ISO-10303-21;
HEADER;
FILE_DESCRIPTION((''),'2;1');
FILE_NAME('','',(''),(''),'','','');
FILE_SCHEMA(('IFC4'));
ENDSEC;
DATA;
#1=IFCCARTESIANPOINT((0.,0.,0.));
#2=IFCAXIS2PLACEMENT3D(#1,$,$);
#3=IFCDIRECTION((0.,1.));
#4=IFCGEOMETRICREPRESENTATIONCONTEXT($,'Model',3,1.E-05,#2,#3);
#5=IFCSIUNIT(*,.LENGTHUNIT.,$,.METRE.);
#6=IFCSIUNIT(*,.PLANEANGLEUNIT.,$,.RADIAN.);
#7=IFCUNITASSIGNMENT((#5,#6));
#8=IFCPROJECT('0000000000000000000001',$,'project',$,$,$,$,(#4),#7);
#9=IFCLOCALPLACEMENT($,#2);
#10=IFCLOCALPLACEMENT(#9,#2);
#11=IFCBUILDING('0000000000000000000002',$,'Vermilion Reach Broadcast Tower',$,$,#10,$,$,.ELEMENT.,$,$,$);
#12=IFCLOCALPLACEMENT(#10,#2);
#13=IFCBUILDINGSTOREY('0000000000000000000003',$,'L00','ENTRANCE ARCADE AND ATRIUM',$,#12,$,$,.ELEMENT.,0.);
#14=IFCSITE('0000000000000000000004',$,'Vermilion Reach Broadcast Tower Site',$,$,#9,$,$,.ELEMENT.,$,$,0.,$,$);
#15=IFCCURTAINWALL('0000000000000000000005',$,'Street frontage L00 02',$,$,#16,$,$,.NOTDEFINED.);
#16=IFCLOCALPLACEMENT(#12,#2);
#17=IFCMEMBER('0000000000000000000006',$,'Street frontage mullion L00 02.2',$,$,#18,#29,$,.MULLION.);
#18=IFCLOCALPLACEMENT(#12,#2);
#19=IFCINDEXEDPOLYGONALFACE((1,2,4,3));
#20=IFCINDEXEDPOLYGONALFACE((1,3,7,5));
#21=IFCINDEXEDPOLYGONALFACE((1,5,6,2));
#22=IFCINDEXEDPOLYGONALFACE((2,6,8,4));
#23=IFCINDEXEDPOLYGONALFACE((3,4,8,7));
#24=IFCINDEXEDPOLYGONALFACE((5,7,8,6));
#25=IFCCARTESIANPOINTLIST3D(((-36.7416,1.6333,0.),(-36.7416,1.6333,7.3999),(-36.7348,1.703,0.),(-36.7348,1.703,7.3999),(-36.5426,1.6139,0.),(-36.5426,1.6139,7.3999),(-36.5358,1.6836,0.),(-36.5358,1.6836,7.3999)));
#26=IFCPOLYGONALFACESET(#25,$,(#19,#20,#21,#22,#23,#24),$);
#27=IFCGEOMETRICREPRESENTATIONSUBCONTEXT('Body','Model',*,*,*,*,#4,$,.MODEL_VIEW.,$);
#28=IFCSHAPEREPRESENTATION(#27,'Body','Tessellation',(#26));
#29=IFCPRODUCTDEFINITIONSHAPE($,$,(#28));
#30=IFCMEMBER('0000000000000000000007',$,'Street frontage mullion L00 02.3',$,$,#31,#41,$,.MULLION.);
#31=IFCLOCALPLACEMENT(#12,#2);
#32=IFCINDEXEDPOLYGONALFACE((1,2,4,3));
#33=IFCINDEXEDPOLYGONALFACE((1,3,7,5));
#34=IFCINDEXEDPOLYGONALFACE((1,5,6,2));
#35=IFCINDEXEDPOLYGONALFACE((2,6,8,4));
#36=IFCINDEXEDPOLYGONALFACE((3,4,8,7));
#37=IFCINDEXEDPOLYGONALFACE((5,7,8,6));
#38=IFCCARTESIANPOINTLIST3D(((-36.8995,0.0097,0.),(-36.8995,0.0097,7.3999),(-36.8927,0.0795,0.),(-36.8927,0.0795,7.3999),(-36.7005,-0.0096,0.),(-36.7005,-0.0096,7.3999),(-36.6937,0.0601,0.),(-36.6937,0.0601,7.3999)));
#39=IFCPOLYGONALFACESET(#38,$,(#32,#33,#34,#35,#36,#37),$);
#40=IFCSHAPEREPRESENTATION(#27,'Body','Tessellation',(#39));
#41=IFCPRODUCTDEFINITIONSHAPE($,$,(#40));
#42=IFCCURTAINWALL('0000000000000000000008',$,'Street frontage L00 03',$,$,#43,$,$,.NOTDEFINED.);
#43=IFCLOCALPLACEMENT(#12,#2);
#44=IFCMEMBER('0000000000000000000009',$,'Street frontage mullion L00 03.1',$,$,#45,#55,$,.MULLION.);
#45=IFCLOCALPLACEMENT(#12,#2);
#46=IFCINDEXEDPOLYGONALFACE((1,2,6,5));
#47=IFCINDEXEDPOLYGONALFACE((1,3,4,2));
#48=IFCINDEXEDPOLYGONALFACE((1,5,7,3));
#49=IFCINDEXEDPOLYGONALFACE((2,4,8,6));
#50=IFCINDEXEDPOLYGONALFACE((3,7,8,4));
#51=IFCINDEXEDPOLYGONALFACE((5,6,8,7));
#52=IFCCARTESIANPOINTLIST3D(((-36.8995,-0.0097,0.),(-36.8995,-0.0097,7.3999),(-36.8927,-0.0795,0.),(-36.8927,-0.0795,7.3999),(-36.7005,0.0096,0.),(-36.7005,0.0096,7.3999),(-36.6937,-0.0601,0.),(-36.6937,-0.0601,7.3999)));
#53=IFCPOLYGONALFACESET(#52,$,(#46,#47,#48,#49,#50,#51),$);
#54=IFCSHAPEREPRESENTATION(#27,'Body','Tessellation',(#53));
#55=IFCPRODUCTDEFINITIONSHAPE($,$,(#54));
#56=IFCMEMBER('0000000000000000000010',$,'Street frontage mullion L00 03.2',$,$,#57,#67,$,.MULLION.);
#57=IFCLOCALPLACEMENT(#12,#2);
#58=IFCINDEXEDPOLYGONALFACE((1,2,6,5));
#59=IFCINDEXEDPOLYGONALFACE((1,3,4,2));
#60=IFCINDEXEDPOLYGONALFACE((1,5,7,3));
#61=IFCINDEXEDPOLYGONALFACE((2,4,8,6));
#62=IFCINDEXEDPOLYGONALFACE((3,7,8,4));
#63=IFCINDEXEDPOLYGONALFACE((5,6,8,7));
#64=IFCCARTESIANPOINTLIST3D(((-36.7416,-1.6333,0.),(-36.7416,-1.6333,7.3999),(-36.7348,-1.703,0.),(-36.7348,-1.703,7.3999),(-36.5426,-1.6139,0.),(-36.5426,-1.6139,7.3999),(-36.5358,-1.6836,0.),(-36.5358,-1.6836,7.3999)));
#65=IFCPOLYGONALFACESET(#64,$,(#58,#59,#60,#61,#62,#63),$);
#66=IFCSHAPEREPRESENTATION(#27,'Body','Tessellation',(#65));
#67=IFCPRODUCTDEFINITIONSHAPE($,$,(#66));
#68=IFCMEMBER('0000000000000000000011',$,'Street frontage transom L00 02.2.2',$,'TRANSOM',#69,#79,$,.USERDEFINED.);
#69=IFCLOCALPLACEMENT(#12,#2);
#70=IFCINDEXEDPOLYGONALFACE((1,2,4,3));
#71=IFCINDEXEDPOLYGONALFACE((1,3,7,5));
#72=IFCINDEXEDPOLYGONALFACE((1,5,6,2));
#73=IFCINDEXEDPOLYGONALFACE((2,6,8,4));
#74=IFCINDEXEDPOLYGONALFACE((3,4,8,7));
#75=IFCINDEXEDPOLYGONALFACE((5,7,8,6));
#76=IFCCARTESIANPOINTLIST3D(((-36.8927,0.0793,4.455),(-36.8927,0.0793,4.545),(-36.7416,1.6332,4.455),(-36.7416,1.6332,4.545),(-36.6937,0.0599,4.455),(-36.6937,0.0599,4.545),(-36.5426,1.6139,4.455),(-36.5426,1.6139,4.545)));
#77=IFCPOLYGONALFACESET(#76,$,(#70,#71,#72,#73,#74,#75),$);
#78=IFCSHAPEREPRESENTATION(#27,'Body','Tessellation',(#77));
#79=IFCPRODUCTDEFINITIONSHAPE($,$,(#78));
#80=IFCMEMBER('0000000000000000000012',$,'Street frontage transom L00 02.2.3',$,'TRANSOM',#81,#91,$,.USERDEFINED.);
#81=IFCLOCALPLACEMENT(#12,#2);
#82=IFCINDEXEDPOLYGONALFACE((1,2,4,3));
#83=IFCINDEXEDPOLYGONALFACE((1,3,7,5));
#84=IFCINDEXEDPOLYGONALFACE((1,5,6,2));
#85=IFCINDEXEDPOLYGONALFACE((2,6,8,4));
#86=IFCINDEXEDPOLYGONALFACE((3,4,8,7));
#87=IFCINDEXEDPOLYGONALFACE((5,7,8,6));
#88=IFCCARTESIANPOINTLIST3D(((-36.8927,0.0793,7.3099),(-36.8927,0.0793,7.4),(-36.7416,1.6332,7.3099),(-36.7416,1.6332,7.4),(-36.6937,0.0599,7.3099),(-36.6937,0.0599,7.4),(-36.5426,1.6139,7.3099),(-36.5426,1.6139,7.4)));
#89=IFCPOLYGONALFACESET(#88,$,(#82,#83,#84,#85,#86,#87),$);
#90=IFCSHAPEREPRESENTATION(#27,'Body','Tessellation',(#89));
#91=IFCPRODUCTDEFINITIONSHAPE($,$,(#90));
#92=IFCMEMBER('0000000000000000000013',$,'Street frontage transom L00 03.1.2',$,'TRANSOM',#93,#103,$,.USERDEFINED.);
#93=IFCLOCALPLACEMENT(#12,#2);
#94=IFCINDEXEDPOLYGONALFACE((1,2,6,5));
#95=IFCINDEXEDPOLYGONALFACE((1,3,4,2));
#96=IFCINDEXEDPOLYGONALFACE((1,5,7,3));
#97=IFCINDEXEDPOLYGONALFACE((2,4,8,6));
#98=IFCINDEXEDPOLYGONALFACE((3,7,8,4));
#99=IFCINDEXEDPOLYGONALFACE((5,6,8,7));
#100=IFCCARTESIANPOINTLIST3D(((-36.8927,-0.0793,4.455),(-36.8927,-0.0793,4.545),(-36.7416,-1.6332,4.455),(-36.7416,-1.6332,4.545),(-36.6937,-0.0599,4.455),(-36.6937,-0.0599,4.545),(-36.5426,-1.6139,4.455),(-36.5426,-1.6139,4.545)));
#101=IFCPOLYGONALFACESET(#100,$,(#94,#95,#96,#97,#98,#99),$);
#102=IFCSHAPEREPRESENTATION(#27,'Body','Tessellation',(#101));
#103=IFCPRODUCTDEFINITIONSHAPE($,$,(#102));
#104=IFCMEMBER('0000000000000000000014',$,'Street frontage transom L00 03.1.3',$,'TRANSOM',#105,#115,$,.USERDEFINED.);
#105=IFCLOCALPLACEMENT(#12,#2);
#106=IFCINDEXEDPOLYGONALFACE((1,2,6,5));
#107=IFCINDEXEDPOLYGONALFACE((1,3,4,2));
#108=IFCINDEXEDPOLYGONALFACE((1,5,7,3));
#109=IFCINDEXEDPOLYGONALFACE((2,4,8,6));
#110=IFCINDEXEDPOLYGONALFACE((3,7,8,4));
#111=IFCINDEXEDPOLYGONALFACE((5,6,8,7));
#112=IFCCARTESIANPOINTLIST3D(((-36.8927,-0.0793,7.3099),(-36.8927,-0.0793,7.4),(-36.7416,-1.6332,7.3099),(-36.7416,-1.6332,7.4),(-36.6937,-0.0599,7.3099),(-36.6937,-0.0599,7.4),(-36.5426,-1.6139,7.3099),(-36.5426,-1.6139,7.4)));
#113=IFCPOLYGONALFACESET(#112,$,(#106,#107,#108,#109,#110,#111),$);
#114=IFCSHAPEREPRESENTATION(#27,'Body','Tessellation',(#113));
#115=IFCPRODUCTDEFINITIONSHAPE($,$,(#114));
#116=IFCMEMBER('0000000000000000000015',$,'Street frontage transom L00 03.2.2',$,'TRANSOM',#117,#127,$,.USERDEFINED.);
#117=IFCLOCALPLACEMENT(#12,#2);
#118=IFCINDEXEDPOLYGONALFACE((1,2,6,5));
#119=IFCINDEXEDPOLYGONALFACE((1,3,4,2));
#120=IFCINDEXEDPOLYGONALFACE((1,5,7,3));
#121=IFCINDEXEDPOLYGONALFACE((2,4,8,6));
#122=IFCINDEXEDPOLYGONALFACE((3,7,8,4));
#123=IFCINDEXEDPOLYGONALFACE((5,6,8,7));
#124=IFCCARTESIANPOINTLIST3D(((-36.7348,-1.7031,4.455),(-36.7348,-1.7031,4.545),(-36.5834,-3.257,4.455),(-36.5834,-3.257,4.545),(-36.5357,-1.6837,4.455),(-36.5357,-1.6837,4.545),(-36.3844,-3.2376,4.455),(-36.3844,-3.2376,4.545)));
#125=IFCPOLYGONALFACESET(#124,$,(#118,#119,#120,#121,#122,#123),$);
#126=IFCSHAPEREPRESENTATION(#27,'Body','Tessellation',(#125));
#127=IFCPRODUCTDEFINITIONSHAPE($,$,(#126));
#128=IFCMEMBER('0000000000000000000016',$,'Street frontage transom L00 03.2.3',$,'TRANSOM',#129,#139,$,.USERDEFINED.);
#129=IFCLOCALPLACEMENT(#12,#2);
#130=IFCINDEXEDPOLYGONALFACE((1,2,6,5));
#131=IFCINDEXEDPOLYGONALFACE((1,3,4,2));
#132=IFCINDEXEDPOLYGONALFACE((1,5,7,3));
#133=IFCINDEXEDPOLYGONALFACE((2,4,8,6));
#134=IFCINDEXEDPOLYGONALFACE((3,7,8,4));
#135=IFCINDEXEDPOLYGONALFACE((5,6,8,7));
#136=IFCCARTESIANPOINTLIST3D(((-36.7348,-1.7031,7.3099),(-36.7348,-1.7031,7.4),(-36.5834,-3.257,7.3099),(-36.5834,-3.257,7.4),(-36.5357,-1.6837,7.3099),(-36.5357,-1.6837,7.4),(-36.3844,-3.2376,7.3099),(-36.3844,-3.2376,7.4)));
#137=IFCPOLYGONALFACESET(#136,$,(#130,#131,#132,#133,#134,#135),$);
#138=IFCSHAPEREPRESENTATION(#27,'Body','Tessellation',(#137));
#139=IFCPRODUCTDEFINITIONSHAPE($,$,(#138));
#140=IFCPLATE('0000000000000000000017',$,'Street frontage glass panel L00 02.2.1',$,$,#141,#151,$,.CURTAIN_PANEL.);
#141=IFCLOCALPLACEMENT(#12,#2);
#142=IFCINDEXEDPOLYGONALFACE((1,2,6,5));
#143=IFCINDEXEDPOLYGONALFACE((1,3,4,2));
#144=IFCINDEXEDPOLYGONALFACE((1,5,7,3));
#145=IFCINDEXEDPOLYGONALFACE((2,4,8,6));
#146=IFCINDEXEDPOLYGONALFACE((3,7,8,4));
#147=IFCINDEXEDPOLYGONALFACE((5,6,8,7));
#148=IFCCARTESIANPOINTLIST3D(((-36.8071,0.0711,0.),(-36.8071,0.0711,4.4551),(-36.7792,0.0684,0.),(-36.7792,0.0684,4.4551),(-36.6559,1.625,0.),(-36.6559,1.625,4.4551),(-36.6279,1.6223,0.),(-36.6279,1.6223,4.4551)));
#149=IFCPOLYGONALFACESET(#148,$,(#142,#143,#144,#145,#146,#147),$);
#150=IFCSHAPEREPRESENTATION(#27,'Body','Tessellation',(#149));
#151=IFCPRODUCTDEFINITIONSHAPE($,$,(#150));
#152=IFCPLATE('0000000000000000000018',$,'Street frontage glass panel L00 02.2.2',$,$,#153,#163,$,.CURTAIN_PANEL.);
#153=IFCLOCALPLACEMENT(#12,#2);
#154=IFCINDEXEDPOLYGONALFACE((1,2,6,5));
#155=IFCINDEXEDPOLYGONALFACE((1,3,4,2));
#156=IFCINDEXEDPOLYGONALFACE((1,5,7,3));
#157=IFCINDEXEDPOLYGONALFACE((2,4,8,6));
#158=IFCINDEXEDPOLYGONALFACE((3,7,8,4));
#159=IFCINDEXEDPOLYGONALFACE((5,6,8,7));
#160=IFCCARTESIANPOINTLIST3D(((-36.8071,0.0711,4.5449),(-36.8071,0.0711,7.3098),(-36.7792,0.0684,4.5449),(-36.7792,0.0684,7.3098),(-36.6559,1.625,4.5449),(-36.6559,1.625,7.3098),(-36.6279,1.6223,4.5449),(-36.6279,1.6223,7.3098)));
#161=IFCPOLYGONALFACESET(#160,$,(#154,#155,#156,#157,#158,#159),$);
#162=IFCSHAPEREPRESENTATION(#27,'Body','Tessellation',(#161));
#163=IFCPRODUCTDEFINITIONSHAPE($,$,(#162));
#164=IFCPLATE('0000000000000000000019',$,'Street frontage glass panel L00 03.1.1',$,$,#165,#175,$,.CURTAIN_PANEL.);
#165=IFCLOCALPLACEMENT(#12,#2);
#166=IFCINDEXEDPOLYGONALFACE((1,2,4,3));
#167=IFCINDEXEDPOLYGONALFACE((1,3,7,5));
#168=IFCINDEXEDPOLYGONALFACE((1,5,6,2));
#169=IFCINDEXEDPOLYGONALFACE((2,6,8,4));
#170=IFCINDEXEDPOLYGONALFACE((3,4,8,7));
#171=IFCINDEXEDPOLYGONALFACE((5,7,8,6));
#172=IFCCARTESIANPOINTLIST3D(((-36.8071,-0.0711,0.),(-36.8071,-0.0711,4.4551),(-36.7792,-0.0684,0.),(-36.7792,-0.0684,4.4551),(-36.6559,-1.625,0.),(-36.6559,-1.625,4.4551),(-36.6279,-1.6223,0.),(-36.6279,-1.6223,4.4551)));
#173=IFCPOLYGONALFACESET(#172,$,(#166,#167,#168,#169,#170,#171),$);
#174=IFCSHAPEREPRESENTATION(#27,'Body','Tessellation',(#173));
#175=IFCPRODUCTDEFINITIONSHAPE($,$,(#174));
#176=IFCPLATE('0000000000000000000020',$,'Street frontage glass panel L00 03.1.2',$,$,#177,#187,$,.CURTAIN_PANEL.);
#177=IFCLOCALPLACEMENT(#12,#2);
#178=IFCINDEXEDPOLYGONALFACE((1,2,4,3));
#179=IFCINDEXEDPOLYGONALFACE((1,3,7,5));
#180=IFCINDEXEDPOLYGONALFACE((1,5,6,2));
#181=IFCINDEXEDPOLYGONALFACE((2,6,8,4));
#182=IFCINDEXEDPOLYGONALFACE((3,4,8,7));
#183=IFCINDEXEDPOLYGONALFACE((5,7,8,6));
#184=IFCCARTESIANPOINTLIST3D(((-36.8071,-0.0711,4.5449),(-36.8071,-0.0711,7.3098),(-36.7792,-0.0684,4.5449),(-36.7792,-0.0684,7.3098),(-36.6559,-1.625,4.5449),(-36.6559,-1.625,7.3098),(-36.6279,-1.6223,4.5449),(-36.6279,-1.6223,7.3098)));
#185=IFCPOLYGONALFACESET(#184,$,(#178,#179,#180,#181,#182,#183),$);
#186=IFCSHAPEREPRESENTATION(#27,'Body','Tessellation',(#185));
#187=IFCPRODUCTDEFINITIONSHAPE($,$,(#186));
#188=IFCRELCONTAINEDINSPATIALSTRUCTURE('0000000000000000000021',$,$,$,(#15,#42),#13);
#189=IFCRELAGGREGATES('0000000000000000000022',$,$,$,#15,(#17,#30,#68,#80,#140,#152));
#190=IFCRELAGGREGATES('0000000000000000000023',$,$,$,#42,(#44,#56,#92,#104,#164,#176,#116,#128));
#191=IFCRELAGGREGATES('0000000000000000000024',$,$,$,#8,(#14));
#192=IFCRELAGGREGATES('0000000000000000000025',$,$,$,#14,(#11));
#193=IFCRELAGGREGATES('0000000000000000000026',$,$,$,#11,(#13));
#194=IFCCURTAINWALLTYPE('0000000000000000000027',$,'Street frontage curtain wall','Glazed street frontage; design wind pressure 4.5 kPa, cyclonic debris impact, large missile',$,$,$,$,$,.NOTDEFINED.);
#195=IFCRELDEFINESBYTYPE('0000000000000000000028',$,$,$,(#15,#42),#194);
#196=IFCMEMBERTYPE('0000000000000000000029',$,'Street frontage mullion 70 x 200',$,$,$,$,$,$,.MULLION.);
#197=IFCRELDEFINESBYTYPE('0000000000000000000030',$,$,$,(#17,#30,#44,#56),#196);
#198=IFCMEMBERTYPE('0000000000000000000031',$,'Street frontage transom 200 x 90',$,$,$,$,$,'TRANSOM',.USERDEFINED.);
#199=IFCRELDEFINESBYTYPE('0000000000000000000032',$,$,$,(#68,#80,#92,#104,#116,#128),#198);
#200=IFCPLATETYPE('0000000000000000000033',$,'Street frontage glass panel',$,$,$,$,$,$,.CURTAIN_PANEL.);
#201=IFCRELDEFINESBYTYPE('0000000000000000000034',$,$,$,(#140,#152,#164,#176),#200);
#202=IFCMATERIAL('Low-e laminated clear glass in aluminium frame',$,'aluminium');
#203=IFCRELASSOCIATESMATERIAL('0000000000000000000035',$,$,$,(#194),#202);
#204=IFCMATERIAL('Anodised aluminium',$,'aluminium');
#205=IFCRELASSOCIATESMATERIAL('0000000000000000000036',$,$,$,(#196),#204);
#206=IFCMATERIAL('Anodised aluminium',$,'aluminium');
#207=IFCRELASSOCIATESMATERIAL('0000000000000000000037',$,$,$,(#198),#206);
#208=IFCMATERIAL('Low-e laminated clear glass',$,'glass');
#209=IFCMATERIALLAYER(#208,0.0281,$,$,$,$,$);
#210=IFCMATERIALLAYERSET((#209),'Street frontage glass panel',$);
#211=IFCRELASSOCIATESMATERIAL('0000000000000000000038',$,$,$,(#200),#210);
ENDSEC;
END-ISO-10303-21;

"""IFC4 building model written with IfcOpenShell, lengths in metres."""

from ifc_helpers import new_model, si_unit, direction, frame, origin, origin_2d, place, context, subcontext, project, spatial, rectangle, extrude, material, layer, layer_set, material_profile, profile_set, type_object, element, aggregate, save


model = new_model("IFC4")

# Units and contexts
model_context = context("Model", 3, precision=1e-05, world=origin(), true_north=direction((0.0, 1.0)))
body_context = subcontext(model_context, "Body", "Model", "MODEL_VIEW")
ifc_project = project(units=[si_unit("LENGTHUNIT", "METRE"), si_unit("PLANEANGLEUNIT", "RADIAN")], contexts=[model_context])

# Site, building, storey
site_placement = place(None, origin())
site = spatial("IfcSite", under=ifc_project, at=site_placement, Name="Vermilion Reach Broadcast Tower Site", CompositionType="ELEMENT", RefElevation=0.0)
building_placement = place(site_placement, origin())
building = spatial("IfcBuilding", under=site, at=building_placement, Name="Vermilion Reach Broadcast Tower", CompositionType="ELEMENT")
storey_placement = place(building_placement, origin())
storey = spatial("IfcBuildingStorey", under=building, at=storey_placement, Name="L00", Description="ENTRANCE ARCADE AND ATRIUM", CompositionType="ELEMENT", Elevation=0.0)

# Curtain walls, members
ifc_material_1 = material(Name="Low-e laminated clear glass in aluminium frame", Category="aluminium")
curtain_wall_type = type_object("IfcCurtainWallType", Name="Street frontage curtain wall", Description="Glazed street frontage; design wind pressure 4.5 kPa, cyclonic debris impact, large missile", PredefinedType="NOTDEFINED", material=ifc_material_1)
placement = place(storey_placement, origin())
curtain_wall_1 = element("IfcCurtainWall", 1, at=placement, inside=storey, type_object=curtain_wall_type, Name="Street frontage L00 02", PredefinedType="NOTDEFINED")
ifc_material_2 = material(Name="Anodised aluminium", Category="aluminium")
ifc_material_profile_1 = material_profile(ifc_material_2, rectangle(XDim=0.2, YDim=0.0701, at=origin_2d()), Name="Street frontage mullion 70 x 200")
ifc_profile_set_1 = profile_set([ifc_material_profile_1], Name="Anodised aluminium")
member_type_1 = type_object("IfcMemberType", Name="Street frontage mullion 70 x 200", PredefinedType="MULLION", material=ifc_profile_set_1)
member_1_placement = place(storey_placement, frame((-36.6387, 1.6584, 0.0), z_axis=(0.0, 0.0, 1.0), x_axis=(0.995298, -0.096861, 0.0)))
member_1 = element("IfcMember", 2, at=member_1_placement, type_object=member_type_1, Name="Street frontage mullion L00 02.2", PredefinedType="MULLION", context=body_context, shape_type="SweptSolid", body=[
    extrude(rectangle(XDim=0.2, YDim=0.0701, at=origin_2d()), origin(), (0.0, 0.0, 1.0), 7.3999),
])
member_2_placement = place(storey_placement, frame((-36.7966, 0.0349, 0.0), z_axis=(0.0, 0.0, 1.0), x_axis=(0.995298, -0.096861, 0.0)))
member_2 = element("IfcMember", 3, at=member_2_placement, type_object=member_type_1, Name="Street frontage mullion L00 02.3", PredefinedType="MULLION", context=body_context, shape_type="SweptSolid", body=[
    extrude(rectangle(XDim=0.2, YDim=0.0701, at=origin_2d()), origin(), (0.0, 0.0, 1.0), 7.3999),
])
curtain_wall_2 = element("IfcCurtainWall", 4, at=placement, inside=storey, type_object=curtain_wall_type, Name="Street frontage L00 03", PredefinedType="NOTDEFINED")
member_3_placement = place(storey_placement, frame((-36.7966, -0.0349, 0.0), z_axis=(0.0, 0.0, 1.0), x_axis=(0.995298, 0.096861, 0.0)))
member_3 = element("IfcMember", 5, at=member_3_placement, type_object=member_type_1, Name="Street frontage mullion L00 03.1", PredefinedType="MULLION", context=body_context, shape_type="SweptSolid", body=[
    extrude(rectangle(XDim=0.2, YDim=0.0701, at=origin_2d()), origin(), (0.0, 0.0, 1.0), 7.3999),
])
member_4_placement = place(storey_placement, frame((-36.6387, -1.6584, 0.0), z_axis=(0.0, 0.0, 1.0), x_axis=(0.995298, 0.096861, 0.0)))
member_4 = element("IfcMember", 6, at=member_4_placement, type_object=member_type_1, Name="Street frontage mullion L00 03.2", PredefinedType="MULLION", context=body_context, shape_type="SweptSolid", body=[
    extrude(rectangle(XDim=0.2, YDim=0.0701, at=origin_2d()), origin(), (0.0, 0.0, 1.0), 7.3999),
])

# Members
ifc_material_3 = material(Name="Anodised aluminium", Category="aluminium")
ifc_material_profile_2 = material_profile(ifc_material_3, rectangle(XDim=0.2, YDim=0.0901, at=origin_2d()), Name="Street frontage transom 200 x 90")
ifc_profile_set_2 = profile_set([ifc_material_profile_2], Name="Anodised aluminium")
member_type_2 = type_object("IfcMemberType", Name="Street frontage transom 200 x 90", ElementType="TRANSOM", PredefinedType="USERDEFINED", material=ifc_profile_set_2)
member_5_placement = place(storey_placement, frame((-36.6421, 1.6235, 4.5), z_axis=(-0.096794, -0.995304, 0.0), x_axis=(0.995304, -0.096794, 0.0)))
member_5 = element("IfcMember", 7, at=member_5_placement, type_object=member_type_2, Name="Street frontage transom L00 02.2.2", ObjectType="TRANSOM", PredefinedType="USERDEFINED", context=body_context, shape_type="SweptSolid", body=[
    extrude(rectangle(XDim=0.2, YDim=0.0901, at=origin_2d()), origin(), (0.0, 0.0, 1.0), 1.5613),
])
member_6_placement = place(storey_placement, frame((-36.6421, 1.6235, 7.355), z_axis=(-0.096794, -0.995304, 0.0), x_axis=(0.995304, -0.096794, 0.0)))
member_6 = element("IfcMember", 8, at=member_6_placement, type_object=member_type_2, Name="Street frontage transom L00 02.2.3", ObjectType="TRANSOM", PredefinedType="USERDEFINED", context=body_context, shape_type="SweptSolid", body=[
    extrude(rectangle(XDim=0.2, YDim=0.0901, at=origin_2d()), origin(), (0.0, 0.0, 1.0), 1.5613),
])
member_7_placement = place(storey_placement, frame((-36.7932, -0.0696, 4.5), z_axis=(0.096794, -0.995304, 0.0), x_axis=(0.995304, 0.096794, 0.0)))
member_7 = element("IfcMember", 9, at=member_7_placement, type_object=member_type_2, Name="Street frontage transom L00 03.1.2", ObjectType="TRANSOM", PredefinedType="USERDEFINED", context=body_context, shape_type="SweptSolid", body=[
    extrude(rectangle(XDim=0.2, YDim=0.0901, at=origin_2d()), origin(), (0.0, 0.0, 1.0), 1.5613),
])
member_8_placement = place(storey_placement, frame((-36.7932, -0.0696, 7.355), z_axis=(0.096794, -0.995304, 0.0), x_axis=(0.995304, 0.096794, 0.0)))
member_8 = element("IfcMember", 10, at=member_8_placement, type_object=member_type_2, Name="Street frontage transom L00 03.1.3", ObjectType="TRANSOM", PredefinedType="USERDEFINED", context=body_context, shape_type="SweptSolid", body=[
    extrude(rectangle(XDim=0.2, YDim=0.0901, at=origin_2d()), origin(), (0.0, 0.0, 1.0), 1.5613),
])
member_9_placement = place(storey_placement, frame((-36.6353, -1.6934, 4.5), z_axis=(0.096949, -0.995289, 0.0), x_axis=(0.995289, 0.096949, 0.0)))
member_9 = element("IfcMember", 11, at=member_9_placement, type_object=member_type_2, Name="Street frontage transom L00 03.2.2", ObjectType="TRANSOM", PredefinedType="USERDEFINED", context=body_context, shape_type="SweptSolid", body=[
    extrude(rectangle(XDim=0.2, YDim=0.0901, at=origin_2d()), origin(), (0.0, 0.0, 1.0), 1.5613),
])
member_10_placement = place(storey_placement, frame((-36.6353, -1.6934, 7.355), z_axis=(0.096949, -0.995289, 0.0), x_axis=(0.995289, 0.096949, 0.0)))
member_10 = element("IfcMember", 12, at=member_10_placement, type_object=member_type_2, Name="Street frontage transom L00 03.2.3", ObjectType="TRANSOM", PredefinedType="USERDEFINED", context=body_context, shape_type="SweptSolid", body=[
    extrude(rectangle(XDim=0.2, YDim=0.0901, at=origin_2d()), origin(), (0.0, 0.0, 1.0), 1.5613),
])

# Plates
ifc_material_4 = material(Name="Low-e laminated clear glass", Category="glass")
ifc_layer = layer(ifc_material_4, 0.0281)
ifc_layer_set = layer_set([ifc_layer], Name="Street frontage glass panel")
plate_type = type_object("IfcPlateType", Name="Street frontage glass panel", PredefinedType="CURTAIN_PANEL", material=ifc_layer_set)
plate_1_placement = place(storey_placement, frame((-36.7175, 0.8467, 0.0), z_axis=(0.0, 0.0, 1.0), x_axis=(-0.096861, -0.995298, 0.0)))
plate_1 = element("IfcPlate", 13, at=plate_1_placement, type_object=plate_type, Name="Street frontage glass panel L00 02.2.1", PredefinedType="CURTAIN_PANEL", context=body_context, shape_type="SweptSolid", body=[
    extrude(rectangle(XDim=1.5613, YDim=0.0281, at=origin_2d()), origin(), (0.0, 0.0, 1.0), 4.4551),
])
plate_2_placement = place(storey_placement, frame((-36.7175, 0.8467, 4.5449), z_axis=(0.0, 0.0, 1.0), x_axis=(-0.096861, -0.995298, 0.0)))
plate_2 = element("IfcPlate", 14, at=plate_2_placement, type_object=plate_type, Name="Street frontage glass panel L00 02.2.2", PredefinedType="CURTAIN_PANEL", context=body_context, shape_type="SweptSolid", body=[
    extrude(rectangle(XDim=1.5613, YDim=0.0281, at=origin_2d()), origin(), (0.0, 0.0, 1.0), 2.7649),
])
aggregate(curtain_wall_1, [member_1, member_2, member_5, member_6, plate_1, plate_2])
plate_3_placement = place(storey_placement, frame((-36.7175, -0.8467, 0.0), z_axis=(0.0, 0.0, 1.0), x_axis=(0.096861, -0.995298, 0.0)))
plate_3 = element("IfcPlate", 15, at=plate_3_placement, type_object=plate_type, Name="Street frontage glass panel L00 03.1.1", PredefinedType="CURTAIN_PANEL", context=body_context, shape_type="SweptSolid", body=[
    extrude(rectangle(XDim=1.5613, YDim=0.0281, at=origin_2d()), origin(), (0.0, 0.0, 1.0), 4.4551),
])
plate_4_placement = place(storey_placement, frame((-36.7175, -0.8467, 4.5449), z_axis=(0.0, 0.0, 1.0), x_axis=(0.096861, -0.995298, 0.0)))
plate_4 = element("IfcPlate", 16, at=plate_4_placement, type_object=plate_type, Name="Street frontage glass panel L00 03.1.2", PredefinedType="CURTAIN_PANEL", context=body_context, shape_type="SweptSolid", body=[
    extrude(rectangle(XDim=1.5613, YDim=0.0281, at=origin_2d()), origin(), (0.0, 0.0, 1.0), 2.7649),
])
aggregate(curtain_wall_2, [member_3, member_4, member_7, member_8, plate_3, plate_4, member_9, member_10])

save(model, "model.ifc")
